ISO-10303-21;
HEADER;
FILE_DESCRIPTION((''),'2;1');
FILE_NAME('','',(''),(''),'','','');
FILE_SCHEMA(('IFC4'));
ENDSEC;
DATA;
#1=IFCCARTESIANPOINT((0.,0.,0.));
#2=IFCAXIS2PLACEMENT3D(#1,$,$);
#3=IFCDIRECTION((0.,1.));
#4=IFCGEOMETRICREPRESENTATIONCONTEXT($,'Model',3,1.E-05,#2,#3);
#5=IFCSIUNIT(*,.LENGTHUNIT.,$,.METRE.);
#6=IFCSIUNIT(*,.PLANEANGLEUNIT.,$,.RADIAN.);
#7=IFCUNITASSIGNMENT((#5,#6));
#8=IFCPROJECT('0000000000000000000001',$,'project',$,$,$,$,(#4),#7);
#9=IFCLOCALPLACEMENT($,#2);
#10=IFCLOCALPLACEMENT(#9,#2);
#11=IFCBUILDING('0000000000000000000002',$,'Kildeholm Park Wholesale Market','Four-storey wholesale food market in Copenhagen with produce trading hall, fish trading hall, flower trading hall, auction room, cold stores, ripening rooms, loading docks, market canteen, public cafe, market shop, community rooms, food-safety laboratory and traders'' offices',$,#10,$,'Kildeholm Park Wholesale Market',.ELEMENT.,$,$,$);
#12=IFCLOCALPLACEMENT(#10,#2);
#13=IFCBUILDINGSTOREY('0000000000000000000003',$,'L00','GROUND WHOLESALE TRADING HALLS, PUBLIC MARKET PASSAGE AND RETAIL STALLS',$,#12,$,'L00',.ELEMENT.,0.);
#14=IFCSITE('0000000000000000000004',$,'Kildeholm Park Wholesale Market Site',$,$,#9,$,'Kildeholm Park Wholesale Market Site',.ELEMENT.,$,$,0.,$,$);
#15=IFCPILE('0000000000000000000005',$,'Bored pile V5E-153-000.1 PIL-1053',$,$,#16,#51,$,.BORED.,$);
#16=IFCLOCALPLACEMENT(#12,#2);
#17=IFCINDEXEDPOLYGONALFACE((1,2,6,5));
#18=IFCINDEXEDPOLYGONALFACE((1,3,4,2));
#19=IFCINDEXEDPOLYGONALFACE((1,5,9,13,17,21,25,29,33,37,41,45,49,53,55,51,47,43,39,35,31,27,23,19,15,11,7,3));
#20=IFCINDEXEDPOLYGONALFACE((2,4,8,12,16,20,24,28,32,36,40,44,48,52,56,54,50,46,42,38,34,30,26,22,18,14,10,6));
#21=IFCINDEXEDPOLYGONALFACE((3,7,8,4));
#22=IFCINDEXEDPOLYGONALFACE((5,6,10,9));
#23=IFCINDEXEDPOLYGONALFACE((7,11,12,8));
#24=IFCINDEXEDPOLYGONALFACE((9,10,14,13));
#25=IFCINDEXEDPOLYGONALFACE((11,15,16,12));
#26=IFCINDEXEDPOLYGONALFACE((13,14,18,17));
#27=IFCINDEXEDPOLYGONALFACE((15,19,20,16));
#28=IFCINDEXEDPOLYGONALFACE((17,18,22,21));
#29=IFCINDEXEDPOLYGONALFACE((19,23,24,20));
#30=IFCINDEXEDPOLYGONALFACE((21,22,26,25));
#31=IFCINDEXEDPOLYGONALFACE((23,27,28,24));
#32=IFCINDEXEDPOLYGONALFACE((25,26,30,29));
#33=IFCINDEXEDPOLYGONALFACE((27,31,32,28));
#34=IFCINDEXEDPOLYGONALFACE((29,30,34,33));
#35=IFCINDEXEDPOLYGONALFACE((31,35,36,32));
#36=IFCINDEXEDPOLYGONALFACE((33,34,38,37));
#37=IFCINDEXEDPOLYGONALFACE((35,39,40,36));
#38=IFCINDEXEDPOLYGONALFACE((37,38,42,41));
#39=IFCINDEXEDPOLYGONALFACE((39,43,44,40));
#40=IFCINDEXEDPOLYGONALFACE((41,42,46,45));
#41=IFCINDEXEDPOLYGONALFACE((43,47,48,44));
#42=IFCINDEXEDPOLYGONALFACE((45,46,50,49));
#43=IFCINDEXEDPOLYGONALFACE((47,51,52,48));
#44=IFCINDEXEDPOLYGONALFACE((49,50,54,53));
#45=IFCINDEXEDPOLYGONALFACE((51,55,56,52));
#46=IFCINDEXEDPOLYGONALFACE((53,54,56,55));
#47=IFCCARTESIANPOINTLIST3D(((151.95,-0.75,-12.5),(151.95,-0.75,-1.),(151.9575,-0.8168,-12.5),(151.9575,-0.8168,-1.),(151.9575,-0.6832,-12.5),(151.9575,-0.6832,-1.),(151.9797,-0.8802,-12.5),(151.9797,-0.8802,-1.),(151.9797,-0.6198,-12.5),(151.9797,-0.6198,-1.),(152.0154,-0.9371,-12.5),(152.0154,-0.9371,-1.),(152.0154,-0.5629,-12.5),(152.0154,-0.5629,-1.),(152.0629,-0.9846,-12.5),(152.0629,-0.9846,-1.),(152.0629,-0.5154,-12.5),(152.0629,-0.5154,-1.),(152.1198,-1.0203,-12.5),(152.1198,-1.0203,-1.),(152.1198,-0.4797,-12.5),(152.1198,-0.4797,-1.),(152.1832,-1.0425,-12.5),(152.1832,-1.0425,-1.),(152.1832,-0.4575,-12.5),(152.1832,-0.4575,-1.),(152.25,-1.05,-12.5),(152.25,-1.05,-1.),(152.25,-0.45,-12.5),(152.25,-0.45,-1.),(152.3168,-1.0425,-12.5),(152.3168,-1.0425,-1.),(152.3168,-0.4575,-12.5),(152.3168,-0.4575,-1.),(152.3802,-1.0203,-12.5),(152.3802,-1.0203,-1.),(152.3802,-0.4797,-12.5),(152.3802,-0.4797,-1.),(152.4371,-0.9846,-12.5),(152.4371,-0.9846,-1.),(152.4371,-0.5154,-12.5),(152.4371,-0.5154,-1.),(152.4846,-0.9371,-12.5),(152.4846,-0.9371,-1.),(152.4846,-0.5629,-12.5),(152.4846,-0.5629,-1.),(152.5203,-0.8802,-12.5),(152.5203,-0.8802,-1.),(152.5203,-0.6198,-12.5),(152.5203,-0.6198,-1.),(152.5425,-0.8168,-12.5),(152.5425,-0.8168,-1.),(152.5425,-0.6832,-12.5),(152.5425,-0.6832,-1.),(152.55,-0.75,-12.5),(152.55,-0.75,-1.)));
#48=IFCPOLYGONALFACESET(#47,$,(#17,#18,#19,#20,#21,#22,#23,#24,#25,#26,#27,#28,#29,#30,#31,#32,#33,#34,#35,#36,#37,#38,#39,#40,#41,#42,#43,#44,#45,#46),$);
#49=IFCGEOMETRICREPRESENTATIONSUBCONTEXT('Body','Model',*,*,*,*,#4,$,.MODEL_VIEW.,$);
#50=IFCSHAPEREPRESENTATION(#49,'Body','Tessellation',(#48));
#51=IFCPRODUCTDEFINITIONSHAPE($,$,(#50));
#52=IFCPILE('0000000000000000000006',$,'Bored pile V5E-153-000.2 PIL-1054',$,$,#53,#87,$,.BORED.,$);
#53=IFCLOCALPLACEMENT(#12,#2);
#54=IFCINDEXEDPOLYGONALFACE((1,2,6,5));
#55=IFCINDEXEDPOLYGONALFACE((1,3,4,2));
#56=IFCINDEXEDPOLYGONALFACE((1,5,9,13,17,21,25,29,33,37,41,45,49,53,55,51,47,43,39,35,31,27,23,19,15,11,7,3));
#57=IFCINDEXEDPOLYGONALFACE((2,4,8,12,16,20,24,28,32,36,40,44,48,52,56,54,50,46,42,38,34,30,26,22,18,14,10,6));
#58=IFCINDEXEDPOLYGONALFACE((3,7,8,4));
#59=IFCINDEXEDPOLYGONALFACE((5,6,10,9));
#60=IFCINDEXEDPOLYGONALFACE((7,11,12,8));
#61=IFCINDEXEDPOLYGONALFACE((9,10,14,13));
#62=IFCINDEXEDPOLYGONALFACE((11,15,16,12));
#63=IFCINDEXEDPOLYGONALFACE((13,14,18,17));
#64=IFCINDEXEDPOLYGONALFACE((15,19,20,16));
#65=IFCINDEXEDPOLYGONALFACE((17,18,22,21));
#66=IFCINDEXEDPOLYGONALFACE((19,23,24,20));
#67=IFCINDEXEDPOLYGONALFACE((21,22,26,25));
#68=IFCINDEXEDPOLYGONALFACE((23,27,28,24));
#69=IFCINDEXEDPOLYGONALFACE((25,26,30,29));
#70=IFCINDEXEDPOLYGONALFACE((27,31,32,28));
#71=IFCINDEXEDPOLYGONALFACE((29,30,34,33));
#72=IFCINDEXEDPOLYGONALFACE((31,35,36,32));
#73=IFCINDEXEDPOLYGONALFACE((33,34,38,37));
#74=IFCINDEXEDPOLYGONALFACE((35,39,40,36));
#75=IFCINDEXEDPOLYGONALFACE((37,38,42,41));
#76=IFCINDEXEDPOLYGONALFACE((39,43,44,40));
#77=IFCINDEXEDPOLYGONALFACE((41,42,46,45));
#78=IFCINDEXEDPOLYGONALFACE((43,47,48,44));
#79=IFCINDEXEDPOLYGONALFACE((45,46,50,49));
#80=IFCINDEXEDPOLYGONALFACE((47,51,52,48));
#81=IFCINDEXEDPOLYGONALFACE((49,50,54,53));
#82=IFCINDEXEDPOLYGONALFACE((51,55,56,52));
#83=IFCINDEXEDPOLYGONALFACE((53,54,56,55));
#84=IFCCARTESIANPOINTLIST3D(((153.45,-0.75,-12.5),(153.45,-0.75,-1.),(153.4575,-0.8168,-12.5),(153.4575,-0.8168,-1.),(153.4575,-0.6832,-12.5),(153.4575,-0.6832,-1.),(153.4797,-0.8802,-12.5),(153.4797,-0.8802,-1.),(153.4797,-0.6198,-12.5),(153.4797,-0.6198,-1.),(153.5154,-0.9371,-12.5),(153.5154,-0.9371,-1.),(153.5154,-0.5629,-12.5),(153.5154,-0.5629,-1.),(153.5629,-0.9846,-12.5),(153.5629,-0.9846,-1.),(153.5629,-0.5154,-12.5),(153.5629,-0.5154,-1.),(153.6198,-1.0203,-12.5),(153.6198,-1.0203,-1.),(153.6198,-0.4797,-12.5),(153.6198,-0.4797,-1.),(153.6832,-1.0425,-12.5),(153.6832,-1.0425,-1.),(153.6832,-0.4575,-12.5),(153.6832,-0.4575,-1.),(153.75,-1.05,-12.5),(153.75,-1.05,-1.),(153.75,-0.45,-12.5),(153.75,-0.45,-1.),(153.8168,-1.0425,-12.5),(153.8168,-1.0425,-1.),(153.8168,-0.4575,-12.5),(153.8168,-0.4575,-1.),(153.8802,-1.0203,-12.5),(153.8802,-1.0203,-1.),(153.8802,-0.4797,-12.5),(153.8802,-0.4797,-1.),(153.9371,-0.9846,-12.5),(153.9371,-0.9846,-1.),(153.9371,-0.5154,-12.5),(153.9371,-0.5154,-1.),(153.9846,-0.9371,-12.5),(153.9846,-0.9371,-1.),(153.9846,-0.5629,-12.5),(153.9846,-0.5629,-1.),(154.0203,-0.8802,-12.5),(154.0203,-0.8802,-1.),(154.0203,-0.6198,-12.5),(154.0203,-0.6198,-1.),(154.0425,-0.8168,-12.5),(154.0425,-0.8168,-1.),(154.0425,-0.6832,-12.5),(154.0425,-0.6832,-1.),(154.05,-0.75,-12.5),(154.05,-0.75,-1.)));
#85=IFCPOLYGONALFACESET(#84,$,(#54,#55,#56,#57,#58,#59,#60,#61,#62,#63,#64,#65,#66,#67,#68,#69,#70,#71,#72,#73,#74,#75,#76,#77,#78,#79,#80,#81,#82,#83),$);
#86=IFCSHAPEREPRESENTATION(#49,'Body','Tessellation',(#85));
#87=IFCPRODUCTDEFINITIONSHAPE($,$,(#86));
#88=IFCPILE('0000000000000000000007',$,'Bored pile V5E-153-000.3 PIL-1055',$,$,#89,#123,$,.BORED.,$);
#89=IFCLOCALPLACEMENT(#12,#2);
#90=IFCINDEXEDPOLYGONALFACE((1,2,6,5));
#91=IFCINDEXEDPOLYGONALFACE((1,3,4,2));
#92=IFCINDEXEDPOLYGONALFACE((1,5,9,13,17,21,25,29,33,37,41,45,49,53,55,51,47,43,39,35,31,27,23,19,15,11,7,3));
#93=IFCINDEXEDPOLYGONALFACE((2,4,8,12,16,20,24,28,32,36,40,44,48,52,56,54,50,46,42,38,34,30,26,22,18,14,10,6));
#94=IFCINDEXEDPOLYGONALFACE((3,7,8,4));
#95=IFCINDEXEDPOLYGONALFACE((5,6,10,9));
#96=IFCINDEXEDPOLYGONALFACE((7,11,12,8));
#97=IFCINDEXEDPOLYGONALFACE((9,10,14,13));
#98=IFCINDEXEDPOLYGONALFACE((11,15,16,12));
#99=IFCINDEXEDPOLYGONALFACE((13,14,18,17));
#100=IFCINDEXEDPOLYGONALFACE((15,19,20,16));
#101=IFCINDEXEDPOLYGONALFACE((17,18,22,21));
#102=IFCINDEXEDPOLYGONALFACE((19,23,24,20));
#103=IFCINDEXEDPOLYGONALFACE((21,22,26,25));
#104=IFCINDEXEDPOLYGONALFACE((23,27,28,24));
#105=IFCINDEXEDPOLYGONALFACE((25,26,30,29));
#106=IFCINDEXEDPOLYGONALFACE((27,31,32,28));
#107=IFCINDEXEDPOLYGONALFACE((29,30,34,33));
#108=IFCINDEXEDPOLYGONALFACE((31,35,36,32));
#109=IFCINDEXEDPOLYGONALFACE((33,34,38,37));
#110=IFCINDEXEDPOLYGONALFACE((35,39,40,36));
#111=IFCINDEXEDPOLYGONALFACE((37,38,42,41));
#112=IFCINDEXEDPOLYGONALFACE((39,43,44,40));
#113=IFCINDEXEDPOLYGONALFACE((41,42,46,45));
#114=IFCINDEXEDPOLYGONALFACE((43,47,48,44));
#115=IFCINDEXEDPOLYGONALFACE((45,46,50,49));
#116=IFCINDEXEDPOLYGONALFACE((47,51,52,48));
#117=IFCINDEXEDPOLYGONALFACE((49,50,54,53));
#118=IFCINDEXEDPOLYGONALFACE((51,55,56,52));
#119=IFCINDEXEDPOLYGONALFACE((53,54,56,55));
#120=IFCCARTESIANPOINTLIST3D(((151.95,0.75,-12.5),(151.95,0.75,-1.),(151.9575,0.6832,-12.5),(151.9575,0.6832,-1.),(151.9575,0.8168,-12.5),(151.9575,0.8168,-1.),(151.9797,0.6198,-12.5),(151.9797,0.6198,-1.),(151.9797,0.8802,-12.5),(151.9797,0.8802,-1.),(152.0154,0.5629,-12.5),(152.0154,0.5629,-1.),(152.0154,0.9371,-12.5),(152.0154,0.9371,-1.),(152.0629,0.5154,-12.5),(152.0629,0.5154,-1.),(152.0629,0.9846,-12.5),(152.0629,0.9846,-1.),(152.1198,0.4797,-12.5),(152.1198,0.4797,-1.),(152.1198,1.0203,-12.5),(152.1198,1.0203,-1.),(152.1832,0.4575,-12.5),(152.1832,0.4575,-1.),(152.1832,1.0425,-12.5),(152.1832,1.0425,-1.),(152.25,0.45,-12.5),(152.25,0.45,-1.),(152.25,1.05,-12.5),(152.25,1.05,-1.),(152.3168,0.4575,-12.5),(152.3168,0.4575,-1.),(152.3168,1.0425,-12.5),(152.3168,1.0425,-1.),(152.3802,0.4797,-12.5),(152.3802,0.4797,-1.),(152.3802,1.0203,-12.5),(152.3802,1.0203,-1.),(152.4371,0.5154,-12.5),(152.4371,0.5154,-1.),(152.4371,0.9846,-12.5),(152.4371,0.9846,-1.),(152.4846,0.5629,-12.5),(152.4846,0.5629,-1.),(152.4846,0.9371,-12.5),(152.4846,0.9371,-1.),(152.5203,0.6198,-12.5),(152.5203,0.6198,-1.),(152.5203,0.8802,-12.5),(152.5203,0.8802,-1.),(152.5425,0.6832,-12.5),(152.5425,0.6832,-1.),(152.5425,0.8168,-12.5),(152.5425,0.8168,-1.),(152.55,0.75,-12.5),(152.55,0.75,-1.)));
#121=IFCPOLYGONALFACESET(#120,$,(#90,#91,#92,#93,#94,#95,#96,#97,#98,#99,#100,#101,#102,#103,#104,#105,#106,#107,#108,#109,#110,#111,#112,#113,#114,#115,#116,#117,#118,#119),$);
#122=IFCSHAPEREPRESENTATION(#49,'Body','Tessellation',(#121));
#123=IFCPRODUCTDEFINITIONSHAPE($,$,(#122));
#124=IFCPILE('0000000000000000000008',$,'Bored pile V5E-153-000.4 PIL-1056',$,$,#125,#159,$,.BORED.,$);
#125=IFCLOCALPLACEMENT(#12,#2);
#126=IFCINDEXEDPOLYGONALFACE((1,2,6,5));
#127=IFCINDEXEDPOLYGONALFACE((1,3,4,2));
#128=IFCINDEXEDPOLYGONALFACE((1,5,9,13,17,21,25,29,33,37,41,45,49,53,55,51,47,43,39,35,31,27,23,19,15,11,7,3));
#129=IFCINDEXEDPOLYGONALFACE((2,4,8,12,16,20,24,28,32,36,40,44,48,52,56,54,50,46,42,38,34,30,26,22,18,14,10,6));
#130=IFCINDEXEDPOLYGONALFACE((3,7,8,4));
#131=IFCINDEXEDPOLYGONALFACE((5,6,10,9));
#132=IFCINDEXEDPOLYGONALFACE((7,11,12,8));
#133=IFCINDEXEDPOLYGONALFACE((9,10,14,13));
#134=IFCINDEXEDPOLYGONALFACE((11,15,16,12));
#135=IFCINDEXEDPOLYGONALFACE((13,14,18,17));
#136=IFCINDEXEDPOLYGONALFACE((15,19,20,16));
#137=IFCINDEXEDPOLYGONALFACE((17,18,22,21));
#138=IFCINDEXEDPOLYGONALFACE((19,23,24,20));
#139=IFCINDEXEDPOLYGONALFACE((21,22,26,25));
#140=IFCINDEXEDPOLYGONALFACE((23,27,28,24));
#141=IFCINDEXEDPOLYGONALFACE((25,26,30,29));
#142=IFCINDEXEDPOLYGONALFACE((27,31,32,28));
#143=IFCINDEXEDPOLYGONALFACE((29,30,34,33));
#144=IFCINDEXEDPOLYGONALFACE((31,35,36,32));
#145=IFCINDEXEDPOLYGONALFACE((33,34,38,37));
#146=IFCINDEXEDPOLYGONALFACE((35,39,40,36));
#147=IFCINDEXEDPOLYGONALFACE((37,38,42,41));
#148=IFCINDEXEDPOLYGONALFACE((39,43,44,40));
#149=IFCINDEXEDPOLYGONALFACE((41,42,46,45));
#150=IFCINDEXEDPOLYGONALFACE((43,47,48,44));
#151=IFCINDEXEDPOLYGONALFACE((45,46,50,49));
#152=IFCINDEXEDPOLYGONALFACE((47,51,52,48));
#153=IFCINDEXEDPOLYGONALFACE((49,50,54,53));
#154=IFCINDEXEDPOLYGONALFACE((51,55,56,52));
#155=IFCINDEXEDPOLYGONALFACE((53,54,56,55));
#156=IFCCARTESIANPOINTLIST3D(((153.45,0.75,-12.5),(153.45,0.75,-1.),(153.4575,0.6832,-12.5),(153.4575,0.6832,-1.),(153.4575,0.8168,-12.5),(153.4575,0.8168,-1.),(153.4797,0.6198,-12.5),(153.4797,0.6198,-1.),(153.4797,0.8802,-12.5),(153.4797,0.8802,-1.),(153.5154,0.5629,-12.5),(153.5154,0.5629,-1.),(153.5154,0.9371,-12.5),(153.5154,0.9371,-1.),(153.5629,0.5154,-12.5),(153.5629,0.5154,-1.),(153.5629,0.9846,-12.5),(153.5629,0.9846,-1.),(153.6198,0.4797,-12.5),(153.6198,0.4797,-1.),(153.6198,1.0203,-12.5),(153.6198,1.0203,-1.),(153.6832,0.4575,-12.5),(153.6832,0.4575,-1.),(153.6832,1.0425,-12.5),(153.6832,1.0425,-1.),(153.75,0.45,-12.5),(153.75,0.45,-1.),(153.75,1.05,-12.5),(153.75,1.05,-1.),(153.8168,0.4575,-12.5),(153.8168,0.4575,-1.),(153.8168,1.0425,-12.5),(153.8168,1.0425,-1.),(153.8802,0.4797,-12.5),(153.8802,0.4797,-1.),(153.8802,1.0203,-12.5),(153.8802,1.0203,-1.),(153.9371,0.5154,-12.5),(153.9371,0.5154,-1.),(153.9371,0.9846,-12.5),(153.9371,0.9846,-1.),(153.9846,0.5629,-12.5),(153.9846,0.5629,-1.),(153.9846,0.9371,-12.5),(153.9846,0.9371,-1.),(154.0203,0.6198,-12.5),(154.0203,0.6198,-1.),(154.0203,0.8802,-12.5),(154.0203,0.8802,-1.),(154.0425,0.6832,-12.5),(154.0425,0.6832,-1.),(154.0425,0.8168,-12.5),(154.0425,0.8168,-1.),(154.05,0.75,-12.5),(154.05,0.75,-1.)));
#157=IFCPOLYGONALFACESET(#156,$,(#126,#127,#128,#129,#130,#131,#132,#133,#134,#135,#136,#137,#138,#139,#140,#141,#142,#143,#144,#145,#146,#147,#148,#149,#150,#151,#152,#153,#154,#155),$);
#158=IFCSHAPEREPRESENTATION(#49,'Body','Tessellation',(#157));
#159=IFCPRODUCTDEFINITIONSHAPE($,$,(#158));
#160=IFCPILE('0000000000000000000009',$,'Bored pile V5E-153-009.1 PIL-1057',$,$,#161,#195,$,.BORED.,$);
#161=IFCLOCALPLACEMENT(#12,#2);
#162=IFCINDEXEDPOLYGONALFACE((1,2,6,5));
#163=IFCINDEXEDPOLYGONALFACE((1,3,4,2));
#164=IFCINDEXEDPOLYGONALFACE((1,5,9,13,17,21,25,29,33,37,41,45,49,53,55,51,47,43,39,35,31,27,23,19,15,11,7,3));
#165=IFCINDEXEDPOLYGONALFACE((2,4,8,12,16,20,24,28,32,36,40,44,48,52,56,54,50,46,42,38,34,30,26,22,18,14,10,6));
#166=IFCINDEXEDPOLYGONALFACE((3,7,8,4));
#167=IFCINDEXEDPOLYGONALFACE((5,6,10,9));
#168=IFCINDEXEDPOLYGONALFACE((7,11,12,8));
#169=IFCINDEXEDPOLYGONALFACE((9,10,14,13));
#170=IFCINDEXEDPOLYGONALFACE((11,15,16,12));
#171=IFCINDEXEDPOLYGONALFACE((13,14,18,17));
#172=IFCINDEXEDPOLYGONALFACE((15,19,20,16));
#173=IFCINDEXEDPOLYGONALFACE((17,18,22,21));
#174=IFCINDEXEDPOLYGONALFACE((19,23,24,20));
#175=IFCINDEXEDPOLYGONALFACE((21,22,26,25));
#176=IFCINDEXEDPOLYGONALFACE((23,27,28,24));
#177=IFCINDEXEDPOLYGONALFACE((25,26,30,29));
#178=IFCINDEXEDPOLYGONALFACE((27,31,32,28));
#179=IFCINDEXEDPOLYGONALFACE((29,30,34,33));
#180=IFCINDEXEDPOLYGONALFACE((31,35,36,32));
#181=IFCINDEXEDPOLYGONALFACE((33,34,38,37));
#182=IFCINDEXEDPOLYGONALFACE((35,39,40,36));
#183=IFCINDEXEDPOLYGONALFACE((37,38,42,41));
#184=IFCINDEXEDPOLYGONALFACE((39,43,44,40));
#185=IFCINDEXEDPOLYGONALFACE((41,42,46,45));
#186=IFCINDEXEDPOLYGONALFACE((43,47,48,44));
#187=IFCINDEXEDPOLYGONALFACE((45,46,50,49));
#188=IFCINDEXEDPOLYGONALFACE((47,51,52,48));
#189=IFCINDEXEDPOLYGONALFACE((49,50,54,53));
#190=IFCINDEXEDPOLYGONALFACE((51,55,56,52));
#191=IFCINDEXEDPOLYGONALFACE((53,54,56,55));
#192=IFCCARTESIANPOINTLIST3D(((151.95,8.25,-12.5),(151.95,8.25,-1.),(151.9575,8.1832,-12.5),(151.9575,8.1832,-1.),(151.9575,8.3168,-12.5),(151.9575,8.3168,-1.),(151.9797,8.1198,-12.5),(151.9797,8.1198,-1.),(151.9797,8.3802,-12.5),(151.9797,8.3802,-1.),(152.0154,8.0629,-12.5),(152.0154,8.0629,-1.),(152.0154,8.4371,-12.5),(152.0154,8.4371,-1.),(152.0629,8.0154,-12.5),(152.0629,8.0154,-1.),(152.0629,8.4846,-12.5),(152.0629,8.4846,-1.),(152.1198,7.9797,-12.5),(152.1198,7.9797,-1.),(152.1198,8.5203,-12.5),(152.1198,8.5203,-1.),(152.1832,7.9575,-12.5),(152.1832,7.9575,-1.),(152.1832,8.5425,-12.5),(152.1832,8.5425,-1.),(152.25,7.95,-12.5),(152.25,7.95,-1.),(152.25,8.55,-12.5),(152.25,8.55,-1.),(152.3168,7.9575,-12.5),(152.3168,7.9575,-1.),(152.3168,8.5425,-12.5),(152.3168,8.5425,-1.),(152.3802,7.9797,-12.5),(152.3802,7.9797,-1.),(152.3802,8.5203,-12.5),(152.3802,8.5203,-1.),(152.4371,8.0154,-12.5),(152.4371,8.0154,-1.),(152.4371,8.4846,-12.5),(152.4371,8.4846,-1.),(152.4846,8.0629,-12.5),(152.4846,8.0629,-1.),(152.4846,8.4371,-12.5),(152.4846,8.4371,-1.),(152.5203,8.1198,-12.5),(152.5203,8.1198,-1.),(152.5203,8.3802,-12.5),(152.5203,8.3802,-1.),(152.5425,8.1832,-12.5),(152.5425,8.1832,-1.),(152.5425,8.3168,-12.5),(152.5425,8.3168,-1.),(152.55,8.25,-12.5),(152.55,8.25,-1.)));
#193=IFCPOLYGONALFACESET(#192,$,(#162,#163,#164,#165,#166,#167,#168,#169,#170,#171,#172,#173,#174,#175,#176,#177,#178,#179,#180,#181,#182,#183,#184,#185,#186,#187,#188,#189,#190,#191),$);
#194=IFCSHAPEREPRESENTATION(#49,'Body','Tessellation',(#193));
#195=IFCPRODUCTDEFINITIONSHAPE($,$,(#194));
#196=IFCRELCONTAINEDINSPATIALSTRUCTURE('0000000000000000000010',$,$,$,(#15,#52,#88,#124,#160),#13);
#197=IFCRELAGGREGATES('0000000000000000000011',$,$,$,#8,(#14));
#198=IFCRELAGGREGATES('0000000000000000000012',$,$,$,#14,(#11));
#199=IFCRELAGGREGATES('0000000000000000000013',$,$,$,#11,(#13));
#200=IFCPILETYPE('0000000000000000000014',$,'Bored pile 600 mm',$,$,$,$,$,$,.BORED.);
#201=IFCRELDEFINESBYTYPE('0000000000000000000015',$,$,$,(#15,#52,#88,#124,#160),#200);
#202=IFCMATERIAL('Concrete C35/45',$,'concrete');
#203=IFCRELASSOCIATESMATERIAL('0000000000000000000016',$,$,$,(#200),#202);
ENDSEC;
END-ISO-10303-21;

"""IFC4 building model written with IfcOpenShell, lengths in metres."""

from ifc_helpers import new_model, si_unit, direction, frame, origin, origin_2d, place, context, subcontext, project, spatial, circle, extrude, material, material_profile, profile_set, type_object, element, save


model = new_model("IFC4")

# Units and contexts
model_context = context("Model", 3, precision=1e-05, world=origin(), true_north=direction((0.0, 1.0)))
body_context = subcontext(model_context, "Body", "Model", "MODEL_VIEW")
ifc_project = project(units=[si_unit("LENGTHUNIT", "METRE"), si_unit("PLANEANGLEUNIT", "RADIAN")], contexts=[model_context])

# Site, building, storey
site_placement = place(None, origin())
site = spatial("IfcSite", under=ifc_project, at=site_placement, Name="Kildeholm Park Wholesale Market Site", LongName="Kildeholm Park Wholesale Market Site", CompositionType="ELEMENT", RefElevation=0.0)
building_placement = place(site_placement, origin())
building = spatial("IfcBuilding", under=site, at=building_placement, Name="Kildeholm Park Wholesale Market", Description="Four-storey wholesale food market in Copenhagen with produce trading hall, fish trading hall, flower trading hall, auction room, cold stores, ripening rooms, loading docks, market canteen, public cafe, market shop, community rooms, food-safety laboratory and traders' offices", LongName="Kildeholm Park Wholesale Market", CompositionType="ELEMENT")
storey_placement = place(building_placement, origin())
storey = spatial("IfcBuildingStorey", under=building, at=storey_placement, Name="L00", Description="GROUND WHOLESALE TRADING HALLS, PUBLIC MARKET PASSAGE AND RETAIL STALLS", LongName="L00", CompositionType="ELEMENT", Elevation=0.0)

# Piles
ifc_material_1 = material(Name="Concrete C35/45", Category="concrete")
ifc_material_profile_1 = material_profile(ifc_material_1, circle(Radius=0.3, at=origin_2d()), Name="PILE D600")
ifc_profile_set_1 = profile_set([ifc_material_profile_1], Name="Concrete C35/45")
pile_type = type_object("IfcPileType", Name="Bored pile 600 mm", PredefinedType="BORED", material=ifc_profile_set_1)
for number, where, z_axis, x_axis, name in (
    (1, (152.25, -0.75, -1.0), (0.0, 0.0, -1.0), (1.0, 0.0, 0.0), "Bored pile V5E-153-000.1 PIL-1053"),
    (2, (153.75, -0.75, -1.0), (0.0, 0.0, -1.0), (1.0, 0.0, 0.0), "Bored pile V5E-153-000.2 PIL-1054"),
    (3, (152.25, 0.75, -1.0), (0.0, 0.0, -1.0), (1.0, 0.0, 0.0), "Bored pile V5E-153-000.3 PIL-1055"),
    (4, (153.75, 0.75, -1.0), (0.0, 0.0, -1.0), (1.0, 0.0, 0.0), "Bored pile V5E-153-000.4 PIL-1056"),
    (5, (152.25, 8.25, -1.0), (0.0, 0.0, -1.0), (1.0, 0.0, 0.0), "Bored pile V5E-153-009.1 PIL-1057"),
):
    element("IfcPile", number, at=place(storey_placement, frame(where, z_axis=z_axis, x_axis=x_axis)), inside=storey, type_object=pile_type, Name=name, PredefinedType="BORED", context=body_context, shape_type="SweptSolid", body=[
        extrude(circle(Radius=0.3, at=origin_2d()), origin(), (0.0, 0.0, 1.0), 11.5),
    ])

save(model, "model.ifc")
